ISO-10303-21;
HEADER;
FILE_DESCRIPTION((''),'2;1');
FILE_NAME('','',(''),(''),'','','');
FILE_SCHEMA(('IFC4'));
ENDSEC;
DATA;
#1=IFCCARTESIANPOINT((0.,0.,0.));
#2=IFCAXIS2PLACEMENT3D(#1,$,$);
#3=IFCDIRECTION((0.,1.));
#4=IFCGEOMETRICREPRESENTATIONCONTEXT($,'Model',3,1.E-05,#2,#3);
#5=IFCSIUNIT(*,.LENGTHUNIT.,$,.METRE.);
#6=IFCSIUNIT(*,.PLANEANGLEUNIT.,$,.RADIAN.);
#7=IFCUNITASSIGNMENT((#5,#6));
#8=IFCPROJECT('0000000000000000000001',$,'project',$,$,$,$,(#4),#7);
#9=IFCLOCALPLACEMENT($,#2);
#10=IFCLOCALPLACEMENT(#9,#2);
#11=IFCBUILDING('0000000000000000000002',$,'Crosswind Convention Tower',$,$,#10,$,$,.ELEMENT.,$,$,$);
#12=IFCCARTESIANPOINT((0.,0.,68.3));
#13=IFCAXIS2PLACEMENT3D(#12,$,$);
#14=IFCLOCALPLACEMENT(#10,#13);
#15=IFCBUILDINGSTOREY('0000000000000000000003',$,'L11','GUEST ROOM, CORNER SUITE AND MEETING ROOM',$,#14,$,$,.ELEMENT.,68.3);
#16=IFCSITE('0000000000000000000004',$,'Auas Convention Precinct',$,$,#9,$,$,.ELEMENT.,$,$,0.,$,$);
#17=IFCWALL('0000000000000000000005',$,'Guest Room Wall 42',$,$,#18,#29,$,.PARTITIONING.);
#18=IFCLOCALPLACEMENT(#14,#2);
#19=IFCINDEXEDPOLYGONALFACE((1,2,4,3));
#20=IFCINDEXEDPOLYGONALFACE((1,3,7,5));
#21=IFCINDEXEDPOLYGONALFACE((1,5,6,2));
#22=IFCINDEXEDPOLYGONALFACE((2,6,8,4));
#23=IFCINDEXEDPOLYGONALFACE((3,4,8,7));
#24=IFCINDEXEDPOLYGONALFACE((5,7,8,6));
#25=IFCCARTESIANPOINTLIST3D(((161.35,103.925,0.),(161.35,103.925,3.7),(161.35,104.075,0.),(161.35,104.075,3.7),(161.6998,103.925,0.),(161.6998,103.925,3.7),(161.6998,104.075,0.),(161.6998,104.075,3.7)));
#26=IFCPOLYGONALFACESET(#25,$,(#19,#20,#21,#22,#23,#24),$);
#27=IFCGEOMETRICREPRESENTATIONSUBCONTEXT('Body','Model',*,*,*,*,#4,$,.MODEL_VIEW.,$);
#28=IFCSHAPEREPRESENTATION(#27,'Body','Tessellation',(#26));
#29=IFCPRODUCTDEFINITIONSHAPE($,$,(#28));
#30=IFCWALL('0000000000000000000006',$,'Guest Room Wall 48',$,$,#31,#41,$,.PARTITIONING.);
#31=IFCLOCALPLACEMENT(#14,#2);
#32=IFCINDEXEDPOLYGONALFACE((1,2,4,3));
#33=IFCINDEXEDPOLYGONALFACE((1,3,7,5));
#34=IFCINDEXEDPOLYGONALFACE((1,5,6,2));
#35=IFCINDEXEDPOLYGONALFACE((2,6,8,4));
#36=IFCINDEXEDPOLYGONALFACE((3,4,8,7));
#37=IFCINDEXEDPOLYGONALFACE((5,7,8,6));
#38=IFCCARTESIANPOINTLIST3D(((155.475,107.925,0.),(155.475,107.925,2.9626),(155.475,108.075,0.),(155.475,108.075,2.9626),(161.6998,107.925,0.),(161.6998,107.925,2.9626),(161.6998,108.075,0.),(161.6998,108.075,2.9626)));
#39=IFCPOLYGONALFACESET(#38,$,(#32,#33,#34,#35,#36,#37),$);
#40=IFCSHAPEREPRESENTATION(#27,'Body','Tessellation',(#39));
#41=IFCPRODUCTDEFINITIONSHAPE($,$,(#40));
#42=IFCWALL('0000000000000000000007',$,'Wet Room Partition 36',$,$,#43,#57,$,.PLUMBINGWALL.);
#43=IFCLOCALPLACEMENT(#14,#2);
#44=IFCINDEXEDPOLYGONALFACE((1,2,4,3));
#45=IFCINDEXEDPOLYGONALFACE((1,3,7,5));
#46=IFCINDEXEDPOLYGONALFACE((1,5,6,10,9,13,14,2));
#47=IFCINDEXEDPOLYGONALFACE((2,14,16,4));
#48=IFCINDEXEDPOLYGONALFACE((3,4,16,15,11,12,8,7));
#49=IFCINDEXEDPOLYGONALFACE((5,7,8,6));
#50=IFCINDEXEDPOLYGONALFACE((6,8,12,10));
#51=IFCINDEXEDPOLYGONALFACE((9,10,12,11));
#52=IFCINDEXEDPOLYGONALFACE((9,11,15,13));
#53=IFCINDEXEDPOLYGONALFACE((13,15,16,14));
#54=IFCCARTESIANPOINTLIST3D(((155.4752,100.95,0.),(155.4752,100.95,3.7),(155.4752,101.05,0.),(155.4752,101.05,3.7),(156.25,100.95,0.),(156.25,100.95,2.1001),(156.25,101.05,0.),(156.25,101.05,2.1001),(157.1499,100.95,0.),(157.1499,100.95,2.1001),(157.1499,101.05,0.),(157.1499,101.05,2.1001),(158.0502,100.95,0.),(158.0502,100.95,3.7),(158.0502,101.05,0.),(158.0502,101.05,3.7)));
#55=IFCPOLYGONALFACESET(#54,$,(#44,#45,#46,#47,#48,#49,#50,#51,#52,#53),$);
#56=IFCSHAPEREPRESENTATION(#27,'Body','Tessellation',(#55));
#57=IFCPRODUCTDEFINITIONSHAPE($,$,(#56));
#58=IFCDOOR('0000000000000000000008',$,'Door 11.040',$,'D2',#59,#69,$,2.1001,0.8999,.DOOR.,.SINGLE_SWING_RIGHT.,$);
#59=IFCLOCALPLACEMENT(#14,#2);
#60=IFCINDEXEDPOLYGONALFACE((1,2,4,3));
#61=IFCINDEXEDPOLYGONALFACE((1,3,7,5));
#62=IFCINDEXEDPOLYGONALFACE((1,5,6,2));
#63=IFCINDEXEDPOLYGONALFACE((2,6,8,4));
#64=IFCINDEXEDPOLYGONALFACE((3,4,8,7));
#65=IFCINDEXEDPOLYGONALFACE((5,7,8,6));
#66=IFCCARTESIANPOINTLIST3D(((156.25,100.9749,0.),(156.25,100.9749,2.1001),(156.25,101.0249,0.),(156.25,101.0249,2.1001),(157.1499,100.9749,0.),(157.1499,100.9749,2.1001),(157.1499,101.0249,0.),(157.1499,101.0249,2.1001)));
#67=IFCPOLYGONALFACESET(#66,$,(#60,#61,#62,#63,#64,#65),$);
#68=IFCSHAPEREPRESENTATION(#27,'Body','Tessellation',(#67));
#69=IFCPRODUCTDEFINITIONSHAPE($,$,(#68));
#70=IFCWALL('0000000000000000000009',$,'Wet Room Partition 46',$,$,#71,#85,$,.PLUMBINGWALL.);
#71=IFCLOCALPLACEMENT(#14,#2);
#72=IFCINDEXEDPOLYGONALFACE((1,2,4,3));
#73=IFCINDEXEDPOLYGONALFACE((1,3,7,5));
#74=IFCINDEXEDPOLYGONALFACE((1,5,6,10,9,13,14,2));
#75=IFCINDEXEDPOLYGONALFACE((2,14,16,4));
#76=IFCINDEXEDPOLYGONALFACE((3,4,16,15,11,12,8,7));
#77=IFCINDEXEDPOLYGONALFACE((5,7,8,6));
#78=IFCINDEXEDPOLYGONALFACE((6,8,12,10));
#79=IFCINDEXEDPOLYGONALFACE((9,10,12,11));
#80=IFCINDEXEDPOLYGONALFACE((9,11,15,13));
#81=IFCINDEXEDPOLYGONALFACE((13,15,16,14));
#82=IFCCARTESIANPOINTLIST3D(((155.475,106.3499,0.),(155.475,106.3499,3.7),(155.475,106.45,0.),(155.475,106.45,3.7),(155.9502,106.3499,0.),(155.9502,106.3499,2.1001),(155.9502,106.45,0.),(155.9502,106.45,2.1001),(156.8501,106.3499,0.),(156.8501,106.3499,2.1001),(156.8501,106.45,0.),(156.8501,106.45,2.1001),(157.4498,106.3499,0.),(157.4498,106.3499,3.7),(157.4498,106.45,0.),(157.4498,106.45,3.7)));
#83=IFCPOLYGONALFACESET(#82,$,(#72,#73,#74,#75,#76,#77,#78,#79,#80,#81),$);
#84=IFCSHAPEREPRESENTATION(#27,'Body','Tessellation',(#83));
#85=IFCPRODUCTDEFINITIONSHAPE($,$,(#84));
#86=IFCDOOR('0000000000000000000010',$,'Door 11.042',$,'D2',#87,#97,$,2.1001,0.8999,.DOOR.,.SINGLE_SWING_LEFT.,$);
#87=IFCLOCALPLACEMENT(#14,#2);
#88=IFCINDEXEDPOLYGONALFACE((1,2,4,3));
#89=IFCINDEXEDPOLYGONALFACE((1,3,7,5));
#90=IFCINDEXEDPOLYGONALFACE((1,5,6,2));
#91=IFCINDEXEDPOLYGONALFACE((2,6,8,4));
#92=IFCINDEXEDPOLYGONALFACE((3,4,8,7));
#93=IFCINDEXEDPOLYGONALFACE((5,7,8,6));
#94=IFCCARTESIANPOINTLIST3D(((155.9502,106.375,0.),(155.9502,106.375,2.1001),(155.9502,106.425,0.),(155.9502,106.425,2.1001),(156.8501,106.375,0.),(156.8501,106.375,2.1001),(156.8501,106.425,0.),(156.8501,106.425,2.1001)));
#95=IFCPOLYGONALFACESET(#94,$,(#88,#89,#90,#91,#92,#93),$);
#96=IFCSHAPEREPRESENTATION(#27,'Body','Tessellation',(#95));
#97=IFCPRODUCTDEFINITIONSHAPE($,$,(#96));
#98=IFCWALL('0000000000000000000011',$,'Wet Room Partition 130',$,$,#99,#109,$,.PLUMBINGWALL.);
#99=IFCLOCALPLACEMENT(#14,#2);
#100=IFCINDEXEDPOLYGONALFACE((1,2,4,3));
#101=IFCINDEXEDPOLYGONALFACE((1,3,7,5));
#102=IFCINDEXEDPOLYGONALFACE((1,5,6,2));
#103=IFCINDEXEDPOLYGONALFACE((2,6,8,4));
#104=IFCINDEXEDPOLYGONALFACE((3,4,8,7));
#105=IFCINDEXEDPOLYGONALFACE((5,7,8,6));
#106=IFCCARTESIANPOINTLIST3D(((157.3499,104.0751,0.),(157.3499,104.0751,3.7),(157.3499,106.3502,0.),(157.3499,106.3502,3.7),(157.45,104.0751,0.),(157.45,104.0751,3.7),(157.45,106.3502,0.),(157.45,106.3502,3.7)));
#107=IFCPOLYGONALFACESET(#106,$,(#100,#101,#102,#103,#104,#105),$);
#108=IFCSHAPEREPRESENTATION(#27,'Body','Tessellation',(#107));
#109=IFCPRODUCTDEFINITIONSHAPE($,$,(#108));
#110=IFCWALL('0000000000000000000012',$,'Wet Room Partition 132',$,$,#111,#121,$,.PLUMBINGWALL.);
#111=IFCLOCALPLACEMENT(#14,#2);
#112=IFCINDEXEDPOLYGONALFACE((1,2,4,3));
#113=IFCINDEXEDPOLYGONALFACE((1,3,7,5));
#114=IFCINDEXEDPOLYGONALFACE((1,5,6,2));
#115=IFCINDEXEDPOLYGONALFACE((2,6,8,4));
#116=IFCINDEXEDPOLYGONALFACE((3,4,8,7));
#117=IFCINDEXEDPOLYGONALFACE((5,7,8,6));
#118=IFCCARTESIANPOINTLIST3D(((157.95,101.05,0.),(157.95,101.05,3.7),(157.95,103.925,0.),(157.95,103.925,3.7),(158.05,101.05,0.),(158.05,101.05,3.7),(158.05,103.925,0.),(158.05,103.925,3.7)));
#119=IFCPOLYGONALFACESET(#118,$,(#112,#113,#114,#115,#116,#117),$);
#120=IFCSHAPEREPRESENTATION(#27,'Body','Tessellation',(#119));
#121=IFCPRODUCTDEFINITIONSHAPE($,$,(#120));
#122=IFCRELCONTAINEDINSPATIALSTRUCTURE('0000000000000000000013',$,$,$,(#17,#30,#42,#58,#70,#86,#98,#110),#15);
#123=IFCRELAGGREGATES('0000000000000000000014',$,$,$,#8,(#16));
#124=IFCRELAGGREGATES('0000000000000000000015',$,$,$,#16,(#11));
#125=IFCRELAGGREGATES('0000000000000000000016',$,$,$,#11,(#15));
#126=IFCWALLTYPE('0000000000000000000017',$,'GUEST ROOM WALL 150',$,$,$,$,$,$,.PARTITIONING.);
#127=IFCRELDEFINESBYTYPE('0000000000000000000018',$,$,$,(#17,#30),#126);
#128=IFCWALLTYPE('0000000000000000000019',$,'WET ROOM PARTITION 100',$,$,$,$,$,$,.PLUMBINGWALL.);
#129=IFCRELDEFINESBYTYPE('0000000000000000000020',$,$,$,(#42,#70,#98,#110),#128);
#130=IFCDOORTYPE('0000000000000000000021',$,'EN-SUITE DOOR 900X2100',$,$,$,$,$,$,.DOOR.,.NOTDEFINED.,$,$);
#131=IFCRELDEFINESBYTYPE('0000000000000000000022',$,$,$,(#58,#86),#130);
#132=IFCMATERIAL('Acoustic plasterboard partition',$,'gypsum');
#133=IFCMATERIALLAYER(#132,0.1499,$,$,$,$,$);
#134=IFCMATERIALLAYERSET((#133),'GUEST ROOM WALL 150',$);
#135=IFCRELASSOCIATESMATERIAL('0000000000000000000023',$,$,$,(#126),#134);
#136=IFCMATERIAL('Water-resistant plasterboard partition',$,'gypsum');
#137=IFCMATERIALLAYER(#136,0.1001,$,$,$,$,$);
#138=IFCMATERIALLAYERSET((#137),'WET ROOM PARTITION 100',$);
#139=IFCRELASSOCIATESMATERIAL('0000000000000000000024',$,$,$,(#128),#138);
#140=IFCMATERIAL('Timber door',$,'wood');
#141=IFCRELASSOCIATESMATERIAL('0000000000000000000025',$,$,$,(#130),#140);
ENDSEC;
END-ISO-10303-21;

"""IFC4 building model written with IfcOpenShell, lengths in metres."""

from ifc_helpers import new_model, si_unit, direction, frame, frame_2d, origin, place, context, subcontext, project, spatial, rectangle, extrude, material, layer, layer_set, type_object, element, fill, save


model = new_model("IFC4")

# Units and contexts
model_context = context("Model", 3, precision=1e-05, world=origin(), true_north=direction((0.0, 1.0)))
body_context = subcontext(model_context, "Body", "Model", "MODEL_VIEW")
ifc_project = project(units=[si_unit("LENGTHUNIT", "METRE"), si_unit("PLANEANGLEUNIT", "RADIAN")], contexts=[model_context])

# Site, building, storey
site_placement = place(None, origin())
site = spatial("IfcSite", under=ifc_project, at=site_placement, Name="Auas Convention Precinct", CompositionType="ELEMENT", RefElevation=0.0)
building_placement = place(site_placement, origin())
building = spatial("IfcBuilding", under=site, at=building_placement, Name="Crosswind Convention Tower", CompositionType="ELEMENT")
storey_placement = place(building_placement, frame((0.0, 0.0, 68.3)))
storey = spatial("IfcBuildingStorey", under=building, at=storey_placement, Name="L11", Description="GUEST ROOM, CORNER SUITE AND MEETING ROOM", CompositionType="ELEMENT", Elevation=68.3)

# Walls
ifc_material_1 = material(Name="Acoustic plasterboard partition", Category="gypsum")
ifc_layer_1 = layer(ifc_material_1, 0.1499)
ifc_layer_set_1 = layer_set([ifc_layer_1], Name="GUEST ROOM WALL 150")
wall_type_1 = type_object("IfcWallType", Name="GUEST ROOM WALL 150", PredefinedType="PARTITIONING", material=ifc_layer_set_1)
wall_1_placement = place(storey_placement, frame((161.3501, 104.0, 0.0), z_axis=(0.0, 0.0, 1.0), x_axis=(1.0, 0.0, 0.0)))
element("IfcWall", 1, at=wall_1_placement, inside=storey, type_object=wall_type_1, Name="Guest Room Wall 42", PredefinedType="PARTITIONING", context=body_context, shape_type="SweptSolid", body=[
    extrude(rectangle(XDim=0.3499, YDim=0.1499, at=frame_2d((0.1748, 0.0))), origin(), (0.0, 0.0, 1.0), 3.7),
])
wall_2_placement = place(storey_placement, frame((155.4751, 108.0, 0.0), z_axis=(0.0, 0.0, 1.0), x_axis=(1.0, 0.0, 0.0)))
element("IfcWall", 2, at=wall_2_placement, inside=storey, type_object=wall_type_1, Name="Guest Room Wall 48", PredefinedType="PARTITIONING", context=body_context, shape_type="SweptSolid", body=[
    extrude(rectangle(XDim=6.2249, YDim=0.1499, at=frame_2d((3.1123, 0.0))), origin(), (0.0, 0.0, 1.0), 2.9626),
])

# Walls, openings, doors
ifc_material_2 = material(Name="Water-resistant plasterboard partition", Category="gypsum")
ifc_layer_2 = layer(ifc_material_2, 0.1001)
ifc_layer_set_2 = layer_set([ifc_layer_2], Name="WET ROOM PARTITION 100")
wall_type_2 = type_object("IfcWallType", Name="WET ROOM PARTITION 100", PredefinedType="PLUMBINGWALL", material=ifc_layer_set_2)
wall_3_placement = place(storey_placement, frame((155.4751, 101.0, 0.0), z_axis=(0.0, 0.0, 1.0), x_axis=(1.0, 0.0, 0.0)))
wall_3 = element("IfcWall", 3, at=wall_3_placement, inside=storey, type_object=wall_type_2, Name="Wet Room Partition 36", PredefinedType="PLUMBINGWALL", context=body_context, shape_type="SweptSolid", body=[
    extrude(rectangle(XDim=2.575, YDim=0.1001, at=frame_2d((1.2876, 0.0))), origin(), (0.0, 0.0, 1.0), 3.7),
])
opening_1_placement = place(wall_3_placement, frame((0.7749, 0.0, 0.0)))
opening_1 = element("IfcOpeningElement", 4, at=opening_1_placement, cuts=wall_3, PredefinedType="OPENING", context=body_context, shape_type="SweptSolid", body=[
    extrude(rectangle(XDim=0.8999, YDim=2.1001, at=frame_2d((0.45, 1.05))), frame((0.0, 0.0601, 0.0), z_axis=(0.0, -1.0, 0.0), x_axis=(1.0, 0.0, 0.0)), (0.0, 0.0, 1.0), 0.1201),
])
ifc_material_3 = material(Name="Timber door", Category="wood")
door_type = type_object("IfcDoorType", Name="EN-SUITE DOOR 900X2100", OperationType="NOTDEFINED", PredefinedType="DOOR", material=ifc_material_3)
door_1_placement = place(opening_1_placement, origin())
door_1 = element("IfcDoor", 5, at=door_1_placement, inside=storey, type_object=door_type, Name="Door 11.040", ObjectType="D2", OperationType="SINGLE_SWING_RIGHT", OverallHeight=2.1001, OverallWidth=0.8999, PredefinedType="DOOR", context=body_context, shape_type="SweptSolid", body=[
    extrude(rectangle(XDim=0.8999, YDim=2.1001, at=frame_2d((0.45, 1.05))), frame((0.0, 0.0249, 0.0), z_axis=(0.0, -1.0, 0.0), x_axis=(1.0, 0.0, 0.0)), (0.0, 0.0, 1.0), 0.05),
])
fill(opening_1, door_1)
wall_4_placement = place(storey_placement, frame((155.4751, 106.3999, 0.0), z_axis=(0.0, 0.0, 1.0), x_axis=(1.0, 0.0, 0.0)))
wall_4 = element("IfcWall", 6, at=wall_4_placement, inside=storey, type_object=wall_type_2, Name="Wet Room Partition 46", PredefinedType="PLUMBINGWALL", context=body_context, shape_type="SweptSolid", body=[
    extrude(rectangle(XDim=1.9749, YDim=0.1001, at=frame_2d((0.9873, 0.0))), origin(), (0.0, 0.0, 1.0), 3.7),
])
opening_2_placement = place(wall_4_placement, frame((0.4751, 0.0, 0.0)))
opening_2 = element("IfcOpeningElement", 7, at=opening_2_placement, cuts=wall_4, PredefinedType="OPENING", context=body_context, shape_type="SweptSolid", body=[
    extrude(rectangle(XDim=0.8999, YDim=2.1001, at=frame_2d((0.45, 1.05))), frame((0.0, 0.0601, 0.0), z_axis=(0.0, -1.0, 0.0), x_axis=(1.0, 0.0, 0.0)), (0.0, 0.0, 1.0), 0.1201),
])
door_2_placement = place(opening_2_placement, frame((0.8999, 0.0, 0.0), z_axis=(0.0, 0.0, 1.0), x_axis=(-1.0, 0.0, 0.0)))
door_2 = element("IfcDoor", 8, at=door_2_placement, inside=storey, type_object=door_type, Name="Door 11.042", ObjectType="D2", OperationType="SINGLE_SWING_LEFT", OverallHeight=2.1001, OverallWidth=0.8999, PredefinedType="DOOR", context=body_context, shape_type="SweptSolid", body=[
    extrude(rectangle(XDim=0.8999, YDim=2.1001, at=frame_2d((0.45, 1.05))), frame((0.0, 0.0249, 0.0), z_axis=(0.0, -1.0, 0.0), x_axis=(1.0, 0.0, 0.0)), (0.0, 0.0, 1.0), 0.05),
])
fill(opening_2, door_2)

# Walls
wall_5_placement = place(storey_placement, frame((157.3999, 104.075, 0.0), z_axis=(0.0, 0.0, 1.0), x_axis=(0.0, 1.0, 0.0)))
element("IfcWall", 9, at=wall_5_placement, inside=storey, type_object=wall_type_2, Name="Wet Room Partition 130", PredefinedType="PLUMBINGWALL", context=body_context, shape_type="SweptSolid", body=[
    extrude(rectangle(XDim=2.2751, YDim=0.1001, at=frame_2d((1.1377, 0.0))), origin(), (0.0, 0.0, 1.0), 3.7),
])
wall_6_placement = place(storey_placement, frame((158.0, 101.05, 0.0), z_axis=(0.0, 0.0, 1.0), x_axis=(0.0, 1.0, 0.0)))
element("IfcWall", 10, at=wall_6_placement, inside=storey, type_object=wall_type_2, Name="Wet Room Partition 132", PredefinedType="PLUMBINGWALL", context=body_context, shape_type="SweptSolid", body=[
    extrude(rectangle(XDim=2.875, YDim=0.1001, at=frame_2d((1.4375, 0.0))), origin(), (0.0, 0.0, 1.0), 3.7),
])

save(model, "model.ifc")
